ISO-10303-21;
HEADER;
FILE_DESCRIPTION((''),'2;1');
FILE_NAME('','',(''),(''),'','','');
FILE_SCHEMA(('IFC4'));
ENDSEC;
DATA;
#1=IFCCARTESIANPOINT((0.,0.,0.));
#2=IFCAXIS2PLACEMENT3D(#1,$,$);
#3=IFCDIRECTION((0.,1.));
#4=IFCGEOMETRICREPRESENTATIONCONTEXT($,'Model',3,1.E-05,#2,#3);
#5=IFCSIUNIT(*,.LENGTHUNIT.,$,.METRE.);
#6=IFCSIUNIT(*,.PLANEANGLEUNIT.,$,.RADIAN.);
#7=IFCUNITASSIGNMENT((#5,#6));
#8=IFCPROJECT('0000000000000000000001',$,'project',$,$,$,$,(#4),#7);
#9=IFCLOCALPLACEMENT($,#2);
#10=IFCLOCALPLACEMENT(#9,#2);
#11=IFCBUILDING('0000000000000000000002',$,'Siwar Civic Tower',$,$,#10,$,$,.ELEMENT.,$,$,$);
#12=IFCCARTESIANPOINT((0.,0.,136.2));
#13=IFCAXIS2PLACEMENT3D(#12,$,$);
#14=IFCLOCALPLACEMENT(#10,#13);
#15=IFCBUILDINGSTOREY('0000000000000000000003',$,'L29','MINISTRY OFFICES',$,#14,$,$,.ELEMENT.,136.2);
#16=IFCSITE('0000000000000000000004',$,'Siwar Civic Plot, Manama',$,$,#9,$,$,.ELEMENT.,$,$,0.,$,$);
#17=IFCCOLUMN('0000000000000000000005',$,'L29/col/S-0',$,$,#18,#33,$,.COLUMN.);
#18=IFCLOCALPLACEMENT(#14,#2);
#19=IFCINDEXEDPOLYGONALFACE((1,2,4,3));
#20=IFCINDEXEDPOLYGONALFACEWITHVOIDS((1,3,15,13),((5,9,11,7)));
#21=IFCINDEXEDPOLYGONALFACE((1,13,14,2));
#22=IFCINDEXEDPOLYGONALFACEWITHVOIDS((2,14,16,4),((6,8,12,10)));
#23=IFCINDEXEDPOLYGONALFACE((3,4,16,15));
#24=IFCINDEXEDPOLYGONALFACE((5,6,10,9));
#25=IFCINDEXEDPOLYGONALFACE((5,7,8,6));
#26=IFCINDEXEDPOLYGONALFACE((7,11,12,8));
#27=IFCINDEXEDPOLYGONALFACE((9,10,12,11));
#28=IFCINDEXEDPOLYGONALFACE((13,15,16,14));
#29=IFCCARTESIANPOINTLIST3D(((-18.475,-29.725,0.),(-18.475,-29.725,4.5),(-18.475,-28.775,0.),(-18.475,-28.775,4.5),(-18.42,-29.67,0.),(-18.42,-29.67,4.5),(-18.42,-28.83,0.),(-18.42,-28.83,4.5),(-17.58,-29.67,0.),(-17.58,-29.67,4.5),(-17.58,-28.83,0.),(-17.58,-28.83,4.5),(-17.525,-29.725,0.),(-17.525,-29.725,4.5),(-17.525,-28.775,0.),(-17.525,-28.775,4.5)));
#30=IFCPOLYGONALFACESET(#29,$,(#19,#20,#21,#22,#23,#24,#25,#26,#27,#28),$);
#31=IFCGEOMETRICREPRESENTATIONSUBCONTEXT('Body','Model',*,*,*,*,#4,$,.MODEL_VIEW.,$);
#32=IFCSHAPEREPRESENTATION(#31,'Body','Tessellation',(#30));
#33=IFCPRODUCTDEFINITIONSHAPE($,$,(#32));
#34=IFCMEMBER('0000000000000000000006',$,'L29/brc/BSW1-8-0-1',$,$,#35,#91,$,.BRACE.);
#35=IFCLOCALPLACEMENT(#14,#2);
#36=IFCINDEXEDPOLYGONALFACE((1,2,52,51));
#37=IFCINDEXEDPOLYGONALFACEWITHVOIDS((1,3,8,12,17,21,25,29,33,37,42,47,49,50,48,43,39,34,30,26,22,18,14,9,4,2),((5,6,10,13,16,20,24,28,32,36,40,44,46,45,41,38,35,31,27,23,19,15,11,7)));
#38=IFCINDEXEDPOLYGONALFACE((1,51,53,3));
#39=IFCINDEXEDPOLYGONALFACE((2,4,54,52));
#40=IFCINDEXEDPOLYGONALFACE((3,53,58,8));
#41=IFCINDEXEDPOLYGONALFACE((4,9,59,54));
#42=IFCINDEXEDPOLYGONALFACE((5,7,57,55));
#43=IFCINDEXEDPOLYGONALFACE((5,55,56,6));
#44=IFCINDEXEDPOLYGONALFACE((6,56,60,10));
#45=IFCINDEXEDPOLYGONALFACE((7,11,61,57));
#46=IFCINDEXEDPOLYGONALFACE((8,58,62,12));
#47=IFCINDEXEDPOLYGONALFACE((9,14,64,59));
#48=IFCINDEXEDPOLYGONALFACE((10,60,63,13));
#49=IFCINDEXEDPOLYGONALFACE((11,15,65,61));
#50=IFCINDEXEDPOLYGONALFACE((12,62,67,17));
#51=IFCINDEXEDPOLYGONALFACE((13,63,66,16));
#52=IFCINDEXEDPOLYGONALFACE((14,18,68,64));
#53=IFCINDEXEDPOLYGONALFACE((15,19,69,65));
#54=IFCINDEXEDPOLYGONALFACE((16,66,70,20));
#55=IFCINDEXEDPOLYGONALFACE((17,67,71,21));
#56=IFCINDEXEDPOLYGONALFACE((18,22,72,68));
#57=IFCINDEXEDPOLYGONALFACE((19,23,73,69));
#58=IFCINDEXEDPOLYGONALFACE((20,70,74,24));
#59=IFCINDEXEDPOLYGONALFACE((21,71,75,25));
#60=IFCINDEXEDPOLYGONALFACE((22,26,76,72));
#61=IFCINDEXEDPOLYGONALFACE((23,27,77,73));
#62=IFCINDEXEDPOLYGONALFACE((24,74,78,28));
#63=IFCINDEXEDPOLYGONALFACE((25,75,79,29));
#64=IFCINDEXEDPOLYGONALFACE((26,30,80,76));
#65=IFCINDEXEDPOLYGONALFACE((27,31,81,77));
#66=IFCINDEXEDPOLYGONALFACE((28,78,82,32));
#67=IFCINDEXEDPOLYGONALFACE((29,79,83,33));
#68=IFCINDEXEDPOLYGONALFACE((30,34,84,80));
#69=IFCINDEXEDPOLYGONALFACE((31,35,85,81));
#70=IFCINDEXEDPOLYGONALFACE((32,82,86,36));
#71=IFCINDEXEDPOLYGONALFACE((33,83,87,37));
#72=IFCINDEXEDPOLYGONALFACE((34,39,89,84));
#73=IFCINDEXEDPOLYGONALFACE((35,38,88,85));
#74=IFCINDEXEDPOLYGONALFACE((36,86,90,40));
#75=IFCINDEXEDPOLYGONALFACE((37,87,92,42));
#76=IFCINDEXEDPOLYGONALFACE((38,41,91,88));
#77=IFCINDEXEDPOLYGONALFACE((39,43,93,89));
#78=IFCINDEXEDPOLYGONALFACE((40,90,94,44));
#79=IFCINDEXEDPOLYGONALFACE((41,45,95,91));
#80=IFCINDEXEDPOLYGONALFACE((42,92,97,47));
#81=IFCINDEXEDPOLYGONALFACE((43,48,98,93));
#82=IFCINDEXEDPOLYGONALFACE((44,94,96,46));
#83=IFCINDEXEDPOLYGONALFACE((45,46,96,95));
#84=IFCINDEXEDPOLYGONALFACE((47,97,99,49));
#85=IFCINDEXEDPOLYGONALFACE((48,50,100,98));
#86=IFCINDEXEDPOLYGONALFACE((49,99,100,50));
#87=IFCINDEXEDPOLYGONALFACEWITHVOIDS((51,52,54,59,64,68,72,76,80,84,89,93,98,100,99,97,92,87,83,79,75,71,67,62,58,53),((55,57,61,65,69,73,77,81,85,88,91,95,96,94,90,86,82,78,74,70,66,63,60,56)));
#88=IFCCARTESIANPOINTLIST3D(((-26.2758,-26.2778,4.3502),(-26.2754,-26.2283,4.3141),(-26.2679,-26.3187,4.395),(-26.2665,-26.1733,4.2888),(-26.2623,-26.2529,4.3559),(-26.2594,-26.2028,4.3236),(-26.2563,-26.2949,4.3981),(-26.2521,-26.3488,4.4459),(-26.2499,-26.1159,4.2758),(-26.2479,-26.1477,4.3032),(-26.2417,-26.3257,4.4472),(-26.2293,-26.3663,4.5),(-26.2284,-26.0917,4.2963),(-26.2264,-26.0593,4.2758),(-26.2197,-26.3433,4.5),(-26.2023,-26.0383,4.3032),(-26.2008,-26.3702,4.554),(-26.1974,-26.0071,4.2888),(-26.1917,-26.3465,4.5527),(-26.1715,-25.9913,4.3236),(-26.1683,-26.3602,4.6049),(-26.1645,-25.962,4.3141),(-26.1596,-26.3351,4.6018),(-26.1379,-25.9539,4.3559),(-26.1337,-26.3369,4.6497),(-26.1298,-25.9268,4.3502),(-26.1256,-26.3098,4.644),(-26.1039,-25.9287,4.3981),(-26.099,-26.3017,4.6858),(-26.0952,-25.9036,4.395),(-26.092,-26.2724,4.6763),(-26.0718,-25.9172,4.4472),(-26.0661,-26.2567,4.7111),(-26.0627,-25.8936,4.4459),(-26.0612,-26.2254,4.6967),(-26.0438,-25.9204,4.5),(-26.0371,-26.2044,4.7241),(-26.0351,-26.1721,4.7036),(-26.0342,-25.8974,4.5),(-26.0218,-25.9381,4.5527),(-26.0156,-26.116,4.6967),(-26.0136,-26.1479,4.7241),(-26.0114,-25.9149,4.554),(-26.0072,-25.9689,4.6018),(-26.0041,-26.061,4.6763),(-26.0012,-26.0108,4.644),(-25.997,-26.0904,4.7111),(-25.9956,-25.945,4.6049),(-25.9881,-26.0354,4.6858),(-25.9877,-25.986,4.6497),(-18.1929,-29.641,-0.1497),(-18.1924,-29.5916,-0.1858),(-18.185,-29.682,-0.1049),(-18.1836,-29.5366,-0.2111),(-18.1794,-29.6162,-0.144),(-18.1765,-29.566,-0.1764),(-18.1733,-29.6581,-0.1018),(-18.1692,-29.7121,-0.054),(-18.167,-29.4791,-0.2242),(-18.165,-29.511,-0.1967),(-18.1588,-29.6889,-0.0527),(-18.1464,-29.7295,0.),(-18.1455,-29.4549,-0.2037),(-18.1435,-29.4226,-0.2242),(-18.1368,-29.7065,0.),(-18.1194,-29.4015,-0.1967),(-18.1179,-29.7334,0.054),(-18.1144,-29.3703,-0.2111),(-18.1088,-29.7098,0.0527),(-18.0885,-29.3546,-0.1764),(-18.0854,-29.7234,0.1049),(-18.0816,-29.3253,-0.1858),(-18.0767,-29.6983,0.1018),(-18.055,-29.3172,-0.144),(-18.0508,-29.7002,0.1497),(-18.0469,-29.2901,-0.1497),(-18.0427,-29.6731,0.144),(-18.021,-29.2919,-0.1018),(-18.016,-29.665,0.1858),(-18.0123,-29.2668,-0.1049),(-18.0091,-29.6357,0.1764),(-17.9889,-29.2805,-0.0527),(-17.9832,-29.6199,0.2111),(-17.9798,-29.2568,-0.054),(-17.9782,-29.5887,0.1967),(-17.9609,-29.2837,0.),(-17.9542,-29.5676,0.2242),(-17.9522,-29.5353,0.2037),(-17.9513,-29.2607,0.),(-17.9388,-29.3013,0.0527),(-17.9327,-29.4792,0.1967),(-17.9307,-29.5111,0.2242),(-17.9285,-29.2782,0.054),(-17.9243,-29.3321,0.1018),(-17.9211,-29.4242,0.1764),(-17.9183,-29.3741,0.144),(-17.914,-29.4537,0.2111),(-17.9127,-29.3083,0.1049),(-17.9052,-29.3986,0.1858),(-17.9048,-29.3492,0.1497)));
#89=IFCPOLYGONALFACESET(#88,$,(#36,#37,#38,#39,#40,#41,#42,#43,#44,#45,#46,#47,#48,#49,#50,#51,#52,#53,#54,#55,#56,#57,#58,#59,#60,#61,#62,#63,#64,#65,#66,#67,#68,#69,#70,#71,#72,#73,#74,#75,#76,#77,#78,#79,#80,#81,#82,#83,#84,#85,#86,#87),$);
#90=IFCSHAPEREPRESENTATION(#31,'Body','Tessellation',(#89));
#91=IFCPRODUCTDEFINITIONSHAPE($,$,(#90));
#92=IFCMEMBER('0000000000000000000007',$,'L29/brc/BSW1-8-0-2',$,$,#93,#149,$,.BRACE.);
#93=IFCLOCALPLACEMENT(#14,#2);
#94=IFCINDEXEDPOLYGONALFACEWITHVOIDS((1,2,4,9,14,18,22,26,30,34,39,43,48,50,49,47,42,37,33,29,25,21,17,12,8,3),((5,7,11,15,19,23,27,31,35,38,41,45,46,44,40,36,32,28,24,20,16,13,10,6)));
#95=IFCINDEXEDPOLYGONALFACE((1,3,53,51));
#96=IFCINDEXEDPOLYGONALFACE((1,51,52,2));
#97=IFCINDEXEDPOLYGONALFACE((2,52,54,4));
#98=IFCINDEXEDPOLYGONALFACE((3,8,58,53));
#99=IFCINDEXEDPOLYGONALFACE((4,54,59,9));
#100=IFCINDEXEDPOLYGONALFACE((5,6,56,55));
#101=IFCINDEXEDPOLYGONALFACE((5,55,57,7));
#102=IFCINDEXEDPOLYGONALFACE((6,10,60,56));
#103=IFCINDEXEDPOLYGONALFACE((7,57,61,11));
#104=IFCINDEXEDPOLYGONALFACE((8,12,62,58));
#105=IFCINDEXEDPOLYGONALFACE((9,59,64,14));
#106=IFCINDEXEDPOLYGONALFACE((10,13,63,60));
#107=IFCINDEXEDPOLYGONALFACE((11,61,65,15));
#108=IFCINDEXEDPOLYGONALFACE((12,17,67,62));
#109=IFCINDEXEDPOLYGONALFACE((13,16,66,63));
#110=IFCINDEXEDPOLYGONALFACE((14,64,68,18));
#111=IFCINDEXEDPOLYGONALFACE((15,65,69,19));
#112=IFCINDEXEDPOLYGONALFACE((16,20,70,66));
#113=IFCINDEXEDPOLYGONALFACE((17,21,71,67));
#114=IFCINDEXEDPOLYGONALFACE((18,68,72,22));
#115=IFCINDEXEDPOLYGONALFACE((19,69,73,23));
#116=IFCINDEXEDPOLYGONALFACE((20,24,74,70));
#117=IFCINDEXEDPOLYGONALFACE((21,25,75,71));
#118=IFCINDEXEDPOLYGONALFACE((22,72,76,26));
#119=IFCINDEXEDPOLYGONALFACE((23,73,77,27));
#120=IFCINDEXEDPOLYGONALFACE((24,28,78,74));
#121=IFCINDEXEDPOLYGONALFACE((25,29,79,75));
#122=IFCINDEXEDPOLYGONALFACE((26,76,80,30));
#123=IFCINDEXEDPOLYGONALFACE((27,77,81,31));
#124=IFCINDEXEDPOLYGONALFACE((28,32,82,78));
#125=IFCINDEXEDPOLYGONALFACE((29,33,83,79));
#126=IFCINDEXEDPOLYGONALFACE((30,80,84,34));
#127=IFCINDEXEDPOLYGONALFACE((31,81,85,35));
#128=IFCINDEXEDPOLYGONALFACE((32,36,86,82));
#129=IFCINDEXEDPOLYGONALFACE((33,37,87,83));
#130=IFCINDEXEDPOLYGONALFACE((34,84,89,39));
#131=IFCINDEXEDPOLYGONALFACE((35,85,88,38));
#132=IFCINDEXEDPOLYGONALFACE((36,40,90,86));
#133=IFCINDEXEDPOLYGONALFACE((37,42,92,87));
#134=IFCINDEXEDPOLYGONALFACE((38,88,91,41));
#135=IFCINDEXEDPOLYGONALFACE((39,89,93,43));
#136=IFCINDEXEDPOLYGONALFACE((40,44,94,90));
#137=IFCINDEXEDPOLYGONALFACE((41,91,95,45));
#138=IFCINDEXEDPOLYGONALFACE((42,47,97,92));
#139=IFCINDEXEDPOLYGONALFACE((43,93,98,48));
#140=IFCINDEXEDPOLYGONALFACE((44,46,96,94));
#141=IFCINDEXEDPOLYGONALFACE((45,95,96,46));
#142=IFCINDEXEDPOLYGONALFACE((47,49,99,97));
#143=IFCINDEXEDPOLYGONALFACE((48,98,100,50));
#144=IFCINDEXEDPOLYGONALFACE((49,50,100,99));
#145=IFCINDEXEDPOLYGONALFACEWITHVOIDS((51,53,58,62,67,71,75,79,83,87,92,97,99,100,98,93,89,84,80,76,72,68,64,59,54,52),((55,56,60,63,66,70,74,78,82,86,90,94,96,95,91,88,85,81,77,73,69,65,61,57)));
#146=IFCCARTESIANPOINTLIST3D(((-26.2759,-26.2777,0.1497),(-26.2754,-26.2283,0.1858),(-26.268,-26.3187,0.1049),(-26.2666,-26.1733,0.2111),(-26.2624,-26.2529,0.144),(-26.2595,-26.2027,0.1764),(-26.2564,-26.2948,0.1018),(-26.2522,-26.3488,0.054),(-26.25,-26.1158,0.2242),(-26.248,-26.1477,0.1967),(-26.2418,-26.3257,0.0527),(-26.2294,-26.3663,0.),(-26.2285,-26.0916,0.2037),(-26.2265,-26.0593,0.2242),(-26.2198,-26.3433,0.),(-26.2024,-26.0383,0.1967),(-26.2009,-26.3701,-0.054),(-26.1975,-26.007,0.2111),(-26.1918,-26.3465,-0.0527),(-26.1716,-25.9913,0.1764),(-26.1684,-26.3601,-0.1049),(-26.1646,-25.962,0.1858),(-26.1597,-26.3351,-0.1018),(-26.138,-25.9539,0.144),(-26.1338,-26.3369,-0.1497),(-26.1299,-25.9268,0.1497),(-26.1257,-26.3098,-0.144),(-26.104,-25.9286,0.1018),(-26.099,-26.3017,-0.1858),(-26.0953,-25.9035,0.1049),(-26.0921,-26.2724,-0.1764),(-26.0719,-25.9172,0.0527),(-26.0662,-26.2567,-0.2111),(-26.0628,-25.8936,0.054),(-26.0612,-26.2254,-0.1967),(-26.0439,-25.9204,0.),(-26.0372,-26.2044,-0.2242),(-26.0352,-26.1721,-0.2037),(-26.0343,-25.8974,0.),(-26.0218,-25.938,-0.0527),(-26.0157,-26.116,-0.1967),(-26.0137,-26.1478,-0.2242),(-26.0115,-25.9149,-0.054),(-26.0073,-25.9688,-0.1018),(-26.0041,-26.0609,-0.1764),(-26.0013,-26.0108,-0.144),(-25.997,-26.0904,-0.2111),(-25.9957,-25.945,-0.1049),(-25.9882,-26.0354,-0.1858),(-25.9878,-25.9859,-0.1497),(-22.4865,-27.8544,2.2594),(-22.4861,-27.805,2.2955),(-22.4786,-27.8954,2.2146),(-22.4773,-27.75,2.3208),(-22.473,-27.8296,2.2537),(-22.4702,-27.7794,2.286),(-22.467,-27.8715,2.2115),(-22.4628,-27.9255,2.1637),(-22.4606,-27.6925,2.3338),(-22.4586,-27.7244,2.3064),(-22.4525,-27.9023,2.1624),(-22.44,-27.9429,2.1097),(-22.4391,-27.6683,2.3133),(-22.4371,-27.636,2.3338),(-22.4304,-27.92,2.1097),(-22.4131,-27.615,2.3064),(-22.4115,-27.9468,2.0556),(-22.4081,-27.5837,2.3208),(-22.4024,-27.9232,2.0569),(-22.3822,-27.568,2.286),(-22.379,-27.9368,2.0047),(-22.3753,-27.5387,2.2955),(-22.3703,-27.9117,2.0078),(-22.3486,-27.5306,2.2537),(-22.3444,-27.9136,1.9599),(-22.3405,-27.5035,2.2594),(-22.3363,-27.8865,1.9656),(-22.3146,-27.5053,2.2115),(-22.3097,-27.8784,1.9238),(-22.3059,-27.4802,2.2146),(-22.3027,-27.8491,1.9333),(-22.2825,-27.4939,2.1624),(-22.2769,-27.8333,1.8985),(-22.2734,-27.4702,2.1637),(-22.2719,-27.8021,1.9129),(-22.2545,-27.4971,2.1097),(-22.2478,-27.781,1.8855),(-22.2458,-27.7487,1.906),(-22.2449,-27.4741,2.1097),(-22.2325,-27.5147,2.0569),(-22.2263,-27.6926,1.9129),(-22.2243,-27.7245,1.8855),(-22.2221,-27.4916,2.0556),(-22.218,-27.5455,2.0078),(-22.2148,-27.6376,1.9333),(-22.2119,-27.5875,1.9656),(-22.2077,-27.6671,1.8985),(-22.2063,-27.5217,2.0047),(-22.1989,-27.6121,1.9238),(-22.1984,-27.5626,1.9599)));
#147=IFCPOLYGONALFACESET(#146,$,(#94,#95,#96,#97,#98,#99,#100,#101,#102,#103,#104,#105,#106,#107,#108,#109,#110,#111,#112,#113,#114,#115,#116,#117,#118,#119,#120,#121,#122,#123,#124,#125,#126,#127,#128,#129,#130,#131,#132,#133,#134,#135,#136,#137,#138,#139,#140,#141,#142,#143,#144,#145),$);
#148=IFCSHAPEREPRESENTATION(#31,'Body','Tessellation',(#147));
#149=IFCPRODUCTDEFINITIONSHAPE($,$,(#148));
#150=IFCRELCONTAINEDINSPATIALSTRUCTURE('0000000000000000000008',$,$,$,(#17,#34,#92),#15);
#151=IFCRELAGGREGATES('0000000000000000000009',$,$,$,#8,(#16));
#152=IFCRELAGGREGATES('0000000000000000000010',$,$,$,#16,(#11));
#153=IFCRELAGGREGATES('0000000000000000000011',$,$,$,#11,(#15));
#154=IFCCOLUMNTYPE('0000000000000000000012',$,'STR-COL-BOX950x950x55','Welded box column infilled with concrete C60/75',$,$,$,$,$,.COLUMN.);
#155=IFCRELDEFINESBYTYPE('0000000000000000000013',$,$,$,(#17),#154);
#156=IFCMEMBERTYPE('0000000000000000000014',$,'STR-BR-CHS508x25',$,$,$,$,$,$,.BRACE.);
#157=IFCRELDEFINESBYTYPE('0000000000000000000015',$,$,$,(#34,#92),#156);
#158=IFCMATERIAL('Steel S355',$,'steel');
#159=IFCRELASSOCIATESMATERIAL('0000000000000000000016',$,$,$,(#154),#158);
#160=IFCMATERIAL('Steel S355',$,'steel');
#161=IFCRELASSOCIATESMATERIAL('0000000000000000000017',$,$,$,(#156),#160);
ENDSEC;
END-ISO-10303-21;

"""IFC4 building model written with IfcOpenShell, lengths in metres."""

from ifc_helpers import new_model, si_unit, direction, frame, origin, origin_2d, place, context, subcontext, project, spatial, hollow_rectangle, hollow_circle, extrude, material, material_profile, profile_set, type_object, element, save


model = new_model("IFC4")

# Units and contexts
model_context = context("Model", 3, precision=1e-05, world=origin(), true_north=direction((0.0, 1.0)))
body_context = subcontext(model_context, "Body", "Model", "MODEL_VIEW")
ifc_project = project(units=[si_unit("LENGTHUNIT", "METRE"), si_unit("PLANEANGLEUNIT", "RADIAN")], contexts=[model_context])

# Site, building, storey
site_placement = place(None, origin())
site = spatial("IfcSite", under=ifc_project, at=site_placement, Name="Siwar Civic Plot, Manama", CompositionType="ELEMENT", RefElevation=0.0)
building_placement = place(site_placement, origin())
building = spatial("IfcBuilding", under=site, at=building_placement, Name="Siwar Civic Tower", CompositionType="ELEMENT")
storey_placement = place(building_placement, frame((0.0, 0.0, 136.2)))
storey = spatial("IfcBuildingStorey", under=building, at=storey_placement, Name="L29", Description="MINISTRY OFFICES", CompositionType="ELEMENT", Elevation=136.2)

# Column
ifc_material_1 = material(Name="Steel S355", Category="steel")
ifc_material_profile_1 = material_profile(ifc_material_1, hollow_rectangle(XDim=0.95, YDim=0.95, WallThickness=0.0549, at=origin_2d()), Name="BOX950x950x55")
ifc_profile_set_1 = profile_set([ifc_material_profile_1], Name="Steel S355")
column_type = type_object("IfcColumnType", Name="STR-COL-BOX950x950x55", Description="Welded box column infilled with concrete C60/75", PredefinedType="COLUMN", material=ifc_profile_set_1)
column_placement = place(storey_placement, frame((-18.0, -29.25, 0.0), z_axis=(0.0, 0.0, 1.0), x_axis=(1.0, 0.0, 0.0)))
element("IfcColumn", 1, at=column_placement, inside=storey, type_object=column_type, Name="L29/col/S-0", PredefinedType="COLUMN", context=body_context, shape_type="SweptSolid", body=[
    extrude(hollow_rectangle(XDim=0.95, YDim=0.95, WallThickness=0.0549, at=origin_2d()), origin(), (0.0, 0.0, 1.0), 4.5),
])

# Members
ifc_material_2 = material(Name="Steel S355", Category="steel")
ifc_material_profile_2 = material_profile(ifc_material_2, hollow_circle(Radius=0.2539, WallThickness=0.0249, at=origin_2d()), Name="CHS508x25")
ifc_profile_set_2 = profile_set([ifc_material_profile_2], Name="Steel S355")
member_type = type_object("IfcMemberType", Name="STR-BR-CHS508x25", PredefinedType="BRACE", material=ifc_profile_set_2)
member_1_placement = place(storey_placement, frame((-18.0488, -29.4951, 0.0), z_axis=(-0.821143, 0.341671, 0.457149), x_axis=(-0.384164, -0.923265, 0.0)))
element("IfcMember", 2, at=member_1_placement, inside=storey, type_object=member_type, Name="L29/brc/BSW1-8-0-1", PredefinedType="BRACE", context=body_context, shape_type="SweptSolid", body=[
    extrude(hollow_circle(Radius=0.2539, WallThickness=0.0249, at=origin_2d()), origin(), (0.0, 0.0, 1.0), 9.8435),
])
member_2_placement = place(storey_placement, frame((-26.1318, -26.1318, 0.0), z_axis=(0.821143, -0.341662, 0.457155), x_axis=(0.384155, 0.923269, 0.0)))
element("IfcMember", 3, at=member_2_placement, inside=storey, type_object=member_type, Name="L29/brc/BSW1-8-0-2", PredefinedType="BRACE", context=body_context, shape_type="SweptSolid", body=[
    extrude(hollow_circle(Radius=0.2539, WallThickness=0.0249, at=origin_2d()), origin(), (0.0, 0.0, 1.0), 4.6147),
])

save(model, "model.ifc")
